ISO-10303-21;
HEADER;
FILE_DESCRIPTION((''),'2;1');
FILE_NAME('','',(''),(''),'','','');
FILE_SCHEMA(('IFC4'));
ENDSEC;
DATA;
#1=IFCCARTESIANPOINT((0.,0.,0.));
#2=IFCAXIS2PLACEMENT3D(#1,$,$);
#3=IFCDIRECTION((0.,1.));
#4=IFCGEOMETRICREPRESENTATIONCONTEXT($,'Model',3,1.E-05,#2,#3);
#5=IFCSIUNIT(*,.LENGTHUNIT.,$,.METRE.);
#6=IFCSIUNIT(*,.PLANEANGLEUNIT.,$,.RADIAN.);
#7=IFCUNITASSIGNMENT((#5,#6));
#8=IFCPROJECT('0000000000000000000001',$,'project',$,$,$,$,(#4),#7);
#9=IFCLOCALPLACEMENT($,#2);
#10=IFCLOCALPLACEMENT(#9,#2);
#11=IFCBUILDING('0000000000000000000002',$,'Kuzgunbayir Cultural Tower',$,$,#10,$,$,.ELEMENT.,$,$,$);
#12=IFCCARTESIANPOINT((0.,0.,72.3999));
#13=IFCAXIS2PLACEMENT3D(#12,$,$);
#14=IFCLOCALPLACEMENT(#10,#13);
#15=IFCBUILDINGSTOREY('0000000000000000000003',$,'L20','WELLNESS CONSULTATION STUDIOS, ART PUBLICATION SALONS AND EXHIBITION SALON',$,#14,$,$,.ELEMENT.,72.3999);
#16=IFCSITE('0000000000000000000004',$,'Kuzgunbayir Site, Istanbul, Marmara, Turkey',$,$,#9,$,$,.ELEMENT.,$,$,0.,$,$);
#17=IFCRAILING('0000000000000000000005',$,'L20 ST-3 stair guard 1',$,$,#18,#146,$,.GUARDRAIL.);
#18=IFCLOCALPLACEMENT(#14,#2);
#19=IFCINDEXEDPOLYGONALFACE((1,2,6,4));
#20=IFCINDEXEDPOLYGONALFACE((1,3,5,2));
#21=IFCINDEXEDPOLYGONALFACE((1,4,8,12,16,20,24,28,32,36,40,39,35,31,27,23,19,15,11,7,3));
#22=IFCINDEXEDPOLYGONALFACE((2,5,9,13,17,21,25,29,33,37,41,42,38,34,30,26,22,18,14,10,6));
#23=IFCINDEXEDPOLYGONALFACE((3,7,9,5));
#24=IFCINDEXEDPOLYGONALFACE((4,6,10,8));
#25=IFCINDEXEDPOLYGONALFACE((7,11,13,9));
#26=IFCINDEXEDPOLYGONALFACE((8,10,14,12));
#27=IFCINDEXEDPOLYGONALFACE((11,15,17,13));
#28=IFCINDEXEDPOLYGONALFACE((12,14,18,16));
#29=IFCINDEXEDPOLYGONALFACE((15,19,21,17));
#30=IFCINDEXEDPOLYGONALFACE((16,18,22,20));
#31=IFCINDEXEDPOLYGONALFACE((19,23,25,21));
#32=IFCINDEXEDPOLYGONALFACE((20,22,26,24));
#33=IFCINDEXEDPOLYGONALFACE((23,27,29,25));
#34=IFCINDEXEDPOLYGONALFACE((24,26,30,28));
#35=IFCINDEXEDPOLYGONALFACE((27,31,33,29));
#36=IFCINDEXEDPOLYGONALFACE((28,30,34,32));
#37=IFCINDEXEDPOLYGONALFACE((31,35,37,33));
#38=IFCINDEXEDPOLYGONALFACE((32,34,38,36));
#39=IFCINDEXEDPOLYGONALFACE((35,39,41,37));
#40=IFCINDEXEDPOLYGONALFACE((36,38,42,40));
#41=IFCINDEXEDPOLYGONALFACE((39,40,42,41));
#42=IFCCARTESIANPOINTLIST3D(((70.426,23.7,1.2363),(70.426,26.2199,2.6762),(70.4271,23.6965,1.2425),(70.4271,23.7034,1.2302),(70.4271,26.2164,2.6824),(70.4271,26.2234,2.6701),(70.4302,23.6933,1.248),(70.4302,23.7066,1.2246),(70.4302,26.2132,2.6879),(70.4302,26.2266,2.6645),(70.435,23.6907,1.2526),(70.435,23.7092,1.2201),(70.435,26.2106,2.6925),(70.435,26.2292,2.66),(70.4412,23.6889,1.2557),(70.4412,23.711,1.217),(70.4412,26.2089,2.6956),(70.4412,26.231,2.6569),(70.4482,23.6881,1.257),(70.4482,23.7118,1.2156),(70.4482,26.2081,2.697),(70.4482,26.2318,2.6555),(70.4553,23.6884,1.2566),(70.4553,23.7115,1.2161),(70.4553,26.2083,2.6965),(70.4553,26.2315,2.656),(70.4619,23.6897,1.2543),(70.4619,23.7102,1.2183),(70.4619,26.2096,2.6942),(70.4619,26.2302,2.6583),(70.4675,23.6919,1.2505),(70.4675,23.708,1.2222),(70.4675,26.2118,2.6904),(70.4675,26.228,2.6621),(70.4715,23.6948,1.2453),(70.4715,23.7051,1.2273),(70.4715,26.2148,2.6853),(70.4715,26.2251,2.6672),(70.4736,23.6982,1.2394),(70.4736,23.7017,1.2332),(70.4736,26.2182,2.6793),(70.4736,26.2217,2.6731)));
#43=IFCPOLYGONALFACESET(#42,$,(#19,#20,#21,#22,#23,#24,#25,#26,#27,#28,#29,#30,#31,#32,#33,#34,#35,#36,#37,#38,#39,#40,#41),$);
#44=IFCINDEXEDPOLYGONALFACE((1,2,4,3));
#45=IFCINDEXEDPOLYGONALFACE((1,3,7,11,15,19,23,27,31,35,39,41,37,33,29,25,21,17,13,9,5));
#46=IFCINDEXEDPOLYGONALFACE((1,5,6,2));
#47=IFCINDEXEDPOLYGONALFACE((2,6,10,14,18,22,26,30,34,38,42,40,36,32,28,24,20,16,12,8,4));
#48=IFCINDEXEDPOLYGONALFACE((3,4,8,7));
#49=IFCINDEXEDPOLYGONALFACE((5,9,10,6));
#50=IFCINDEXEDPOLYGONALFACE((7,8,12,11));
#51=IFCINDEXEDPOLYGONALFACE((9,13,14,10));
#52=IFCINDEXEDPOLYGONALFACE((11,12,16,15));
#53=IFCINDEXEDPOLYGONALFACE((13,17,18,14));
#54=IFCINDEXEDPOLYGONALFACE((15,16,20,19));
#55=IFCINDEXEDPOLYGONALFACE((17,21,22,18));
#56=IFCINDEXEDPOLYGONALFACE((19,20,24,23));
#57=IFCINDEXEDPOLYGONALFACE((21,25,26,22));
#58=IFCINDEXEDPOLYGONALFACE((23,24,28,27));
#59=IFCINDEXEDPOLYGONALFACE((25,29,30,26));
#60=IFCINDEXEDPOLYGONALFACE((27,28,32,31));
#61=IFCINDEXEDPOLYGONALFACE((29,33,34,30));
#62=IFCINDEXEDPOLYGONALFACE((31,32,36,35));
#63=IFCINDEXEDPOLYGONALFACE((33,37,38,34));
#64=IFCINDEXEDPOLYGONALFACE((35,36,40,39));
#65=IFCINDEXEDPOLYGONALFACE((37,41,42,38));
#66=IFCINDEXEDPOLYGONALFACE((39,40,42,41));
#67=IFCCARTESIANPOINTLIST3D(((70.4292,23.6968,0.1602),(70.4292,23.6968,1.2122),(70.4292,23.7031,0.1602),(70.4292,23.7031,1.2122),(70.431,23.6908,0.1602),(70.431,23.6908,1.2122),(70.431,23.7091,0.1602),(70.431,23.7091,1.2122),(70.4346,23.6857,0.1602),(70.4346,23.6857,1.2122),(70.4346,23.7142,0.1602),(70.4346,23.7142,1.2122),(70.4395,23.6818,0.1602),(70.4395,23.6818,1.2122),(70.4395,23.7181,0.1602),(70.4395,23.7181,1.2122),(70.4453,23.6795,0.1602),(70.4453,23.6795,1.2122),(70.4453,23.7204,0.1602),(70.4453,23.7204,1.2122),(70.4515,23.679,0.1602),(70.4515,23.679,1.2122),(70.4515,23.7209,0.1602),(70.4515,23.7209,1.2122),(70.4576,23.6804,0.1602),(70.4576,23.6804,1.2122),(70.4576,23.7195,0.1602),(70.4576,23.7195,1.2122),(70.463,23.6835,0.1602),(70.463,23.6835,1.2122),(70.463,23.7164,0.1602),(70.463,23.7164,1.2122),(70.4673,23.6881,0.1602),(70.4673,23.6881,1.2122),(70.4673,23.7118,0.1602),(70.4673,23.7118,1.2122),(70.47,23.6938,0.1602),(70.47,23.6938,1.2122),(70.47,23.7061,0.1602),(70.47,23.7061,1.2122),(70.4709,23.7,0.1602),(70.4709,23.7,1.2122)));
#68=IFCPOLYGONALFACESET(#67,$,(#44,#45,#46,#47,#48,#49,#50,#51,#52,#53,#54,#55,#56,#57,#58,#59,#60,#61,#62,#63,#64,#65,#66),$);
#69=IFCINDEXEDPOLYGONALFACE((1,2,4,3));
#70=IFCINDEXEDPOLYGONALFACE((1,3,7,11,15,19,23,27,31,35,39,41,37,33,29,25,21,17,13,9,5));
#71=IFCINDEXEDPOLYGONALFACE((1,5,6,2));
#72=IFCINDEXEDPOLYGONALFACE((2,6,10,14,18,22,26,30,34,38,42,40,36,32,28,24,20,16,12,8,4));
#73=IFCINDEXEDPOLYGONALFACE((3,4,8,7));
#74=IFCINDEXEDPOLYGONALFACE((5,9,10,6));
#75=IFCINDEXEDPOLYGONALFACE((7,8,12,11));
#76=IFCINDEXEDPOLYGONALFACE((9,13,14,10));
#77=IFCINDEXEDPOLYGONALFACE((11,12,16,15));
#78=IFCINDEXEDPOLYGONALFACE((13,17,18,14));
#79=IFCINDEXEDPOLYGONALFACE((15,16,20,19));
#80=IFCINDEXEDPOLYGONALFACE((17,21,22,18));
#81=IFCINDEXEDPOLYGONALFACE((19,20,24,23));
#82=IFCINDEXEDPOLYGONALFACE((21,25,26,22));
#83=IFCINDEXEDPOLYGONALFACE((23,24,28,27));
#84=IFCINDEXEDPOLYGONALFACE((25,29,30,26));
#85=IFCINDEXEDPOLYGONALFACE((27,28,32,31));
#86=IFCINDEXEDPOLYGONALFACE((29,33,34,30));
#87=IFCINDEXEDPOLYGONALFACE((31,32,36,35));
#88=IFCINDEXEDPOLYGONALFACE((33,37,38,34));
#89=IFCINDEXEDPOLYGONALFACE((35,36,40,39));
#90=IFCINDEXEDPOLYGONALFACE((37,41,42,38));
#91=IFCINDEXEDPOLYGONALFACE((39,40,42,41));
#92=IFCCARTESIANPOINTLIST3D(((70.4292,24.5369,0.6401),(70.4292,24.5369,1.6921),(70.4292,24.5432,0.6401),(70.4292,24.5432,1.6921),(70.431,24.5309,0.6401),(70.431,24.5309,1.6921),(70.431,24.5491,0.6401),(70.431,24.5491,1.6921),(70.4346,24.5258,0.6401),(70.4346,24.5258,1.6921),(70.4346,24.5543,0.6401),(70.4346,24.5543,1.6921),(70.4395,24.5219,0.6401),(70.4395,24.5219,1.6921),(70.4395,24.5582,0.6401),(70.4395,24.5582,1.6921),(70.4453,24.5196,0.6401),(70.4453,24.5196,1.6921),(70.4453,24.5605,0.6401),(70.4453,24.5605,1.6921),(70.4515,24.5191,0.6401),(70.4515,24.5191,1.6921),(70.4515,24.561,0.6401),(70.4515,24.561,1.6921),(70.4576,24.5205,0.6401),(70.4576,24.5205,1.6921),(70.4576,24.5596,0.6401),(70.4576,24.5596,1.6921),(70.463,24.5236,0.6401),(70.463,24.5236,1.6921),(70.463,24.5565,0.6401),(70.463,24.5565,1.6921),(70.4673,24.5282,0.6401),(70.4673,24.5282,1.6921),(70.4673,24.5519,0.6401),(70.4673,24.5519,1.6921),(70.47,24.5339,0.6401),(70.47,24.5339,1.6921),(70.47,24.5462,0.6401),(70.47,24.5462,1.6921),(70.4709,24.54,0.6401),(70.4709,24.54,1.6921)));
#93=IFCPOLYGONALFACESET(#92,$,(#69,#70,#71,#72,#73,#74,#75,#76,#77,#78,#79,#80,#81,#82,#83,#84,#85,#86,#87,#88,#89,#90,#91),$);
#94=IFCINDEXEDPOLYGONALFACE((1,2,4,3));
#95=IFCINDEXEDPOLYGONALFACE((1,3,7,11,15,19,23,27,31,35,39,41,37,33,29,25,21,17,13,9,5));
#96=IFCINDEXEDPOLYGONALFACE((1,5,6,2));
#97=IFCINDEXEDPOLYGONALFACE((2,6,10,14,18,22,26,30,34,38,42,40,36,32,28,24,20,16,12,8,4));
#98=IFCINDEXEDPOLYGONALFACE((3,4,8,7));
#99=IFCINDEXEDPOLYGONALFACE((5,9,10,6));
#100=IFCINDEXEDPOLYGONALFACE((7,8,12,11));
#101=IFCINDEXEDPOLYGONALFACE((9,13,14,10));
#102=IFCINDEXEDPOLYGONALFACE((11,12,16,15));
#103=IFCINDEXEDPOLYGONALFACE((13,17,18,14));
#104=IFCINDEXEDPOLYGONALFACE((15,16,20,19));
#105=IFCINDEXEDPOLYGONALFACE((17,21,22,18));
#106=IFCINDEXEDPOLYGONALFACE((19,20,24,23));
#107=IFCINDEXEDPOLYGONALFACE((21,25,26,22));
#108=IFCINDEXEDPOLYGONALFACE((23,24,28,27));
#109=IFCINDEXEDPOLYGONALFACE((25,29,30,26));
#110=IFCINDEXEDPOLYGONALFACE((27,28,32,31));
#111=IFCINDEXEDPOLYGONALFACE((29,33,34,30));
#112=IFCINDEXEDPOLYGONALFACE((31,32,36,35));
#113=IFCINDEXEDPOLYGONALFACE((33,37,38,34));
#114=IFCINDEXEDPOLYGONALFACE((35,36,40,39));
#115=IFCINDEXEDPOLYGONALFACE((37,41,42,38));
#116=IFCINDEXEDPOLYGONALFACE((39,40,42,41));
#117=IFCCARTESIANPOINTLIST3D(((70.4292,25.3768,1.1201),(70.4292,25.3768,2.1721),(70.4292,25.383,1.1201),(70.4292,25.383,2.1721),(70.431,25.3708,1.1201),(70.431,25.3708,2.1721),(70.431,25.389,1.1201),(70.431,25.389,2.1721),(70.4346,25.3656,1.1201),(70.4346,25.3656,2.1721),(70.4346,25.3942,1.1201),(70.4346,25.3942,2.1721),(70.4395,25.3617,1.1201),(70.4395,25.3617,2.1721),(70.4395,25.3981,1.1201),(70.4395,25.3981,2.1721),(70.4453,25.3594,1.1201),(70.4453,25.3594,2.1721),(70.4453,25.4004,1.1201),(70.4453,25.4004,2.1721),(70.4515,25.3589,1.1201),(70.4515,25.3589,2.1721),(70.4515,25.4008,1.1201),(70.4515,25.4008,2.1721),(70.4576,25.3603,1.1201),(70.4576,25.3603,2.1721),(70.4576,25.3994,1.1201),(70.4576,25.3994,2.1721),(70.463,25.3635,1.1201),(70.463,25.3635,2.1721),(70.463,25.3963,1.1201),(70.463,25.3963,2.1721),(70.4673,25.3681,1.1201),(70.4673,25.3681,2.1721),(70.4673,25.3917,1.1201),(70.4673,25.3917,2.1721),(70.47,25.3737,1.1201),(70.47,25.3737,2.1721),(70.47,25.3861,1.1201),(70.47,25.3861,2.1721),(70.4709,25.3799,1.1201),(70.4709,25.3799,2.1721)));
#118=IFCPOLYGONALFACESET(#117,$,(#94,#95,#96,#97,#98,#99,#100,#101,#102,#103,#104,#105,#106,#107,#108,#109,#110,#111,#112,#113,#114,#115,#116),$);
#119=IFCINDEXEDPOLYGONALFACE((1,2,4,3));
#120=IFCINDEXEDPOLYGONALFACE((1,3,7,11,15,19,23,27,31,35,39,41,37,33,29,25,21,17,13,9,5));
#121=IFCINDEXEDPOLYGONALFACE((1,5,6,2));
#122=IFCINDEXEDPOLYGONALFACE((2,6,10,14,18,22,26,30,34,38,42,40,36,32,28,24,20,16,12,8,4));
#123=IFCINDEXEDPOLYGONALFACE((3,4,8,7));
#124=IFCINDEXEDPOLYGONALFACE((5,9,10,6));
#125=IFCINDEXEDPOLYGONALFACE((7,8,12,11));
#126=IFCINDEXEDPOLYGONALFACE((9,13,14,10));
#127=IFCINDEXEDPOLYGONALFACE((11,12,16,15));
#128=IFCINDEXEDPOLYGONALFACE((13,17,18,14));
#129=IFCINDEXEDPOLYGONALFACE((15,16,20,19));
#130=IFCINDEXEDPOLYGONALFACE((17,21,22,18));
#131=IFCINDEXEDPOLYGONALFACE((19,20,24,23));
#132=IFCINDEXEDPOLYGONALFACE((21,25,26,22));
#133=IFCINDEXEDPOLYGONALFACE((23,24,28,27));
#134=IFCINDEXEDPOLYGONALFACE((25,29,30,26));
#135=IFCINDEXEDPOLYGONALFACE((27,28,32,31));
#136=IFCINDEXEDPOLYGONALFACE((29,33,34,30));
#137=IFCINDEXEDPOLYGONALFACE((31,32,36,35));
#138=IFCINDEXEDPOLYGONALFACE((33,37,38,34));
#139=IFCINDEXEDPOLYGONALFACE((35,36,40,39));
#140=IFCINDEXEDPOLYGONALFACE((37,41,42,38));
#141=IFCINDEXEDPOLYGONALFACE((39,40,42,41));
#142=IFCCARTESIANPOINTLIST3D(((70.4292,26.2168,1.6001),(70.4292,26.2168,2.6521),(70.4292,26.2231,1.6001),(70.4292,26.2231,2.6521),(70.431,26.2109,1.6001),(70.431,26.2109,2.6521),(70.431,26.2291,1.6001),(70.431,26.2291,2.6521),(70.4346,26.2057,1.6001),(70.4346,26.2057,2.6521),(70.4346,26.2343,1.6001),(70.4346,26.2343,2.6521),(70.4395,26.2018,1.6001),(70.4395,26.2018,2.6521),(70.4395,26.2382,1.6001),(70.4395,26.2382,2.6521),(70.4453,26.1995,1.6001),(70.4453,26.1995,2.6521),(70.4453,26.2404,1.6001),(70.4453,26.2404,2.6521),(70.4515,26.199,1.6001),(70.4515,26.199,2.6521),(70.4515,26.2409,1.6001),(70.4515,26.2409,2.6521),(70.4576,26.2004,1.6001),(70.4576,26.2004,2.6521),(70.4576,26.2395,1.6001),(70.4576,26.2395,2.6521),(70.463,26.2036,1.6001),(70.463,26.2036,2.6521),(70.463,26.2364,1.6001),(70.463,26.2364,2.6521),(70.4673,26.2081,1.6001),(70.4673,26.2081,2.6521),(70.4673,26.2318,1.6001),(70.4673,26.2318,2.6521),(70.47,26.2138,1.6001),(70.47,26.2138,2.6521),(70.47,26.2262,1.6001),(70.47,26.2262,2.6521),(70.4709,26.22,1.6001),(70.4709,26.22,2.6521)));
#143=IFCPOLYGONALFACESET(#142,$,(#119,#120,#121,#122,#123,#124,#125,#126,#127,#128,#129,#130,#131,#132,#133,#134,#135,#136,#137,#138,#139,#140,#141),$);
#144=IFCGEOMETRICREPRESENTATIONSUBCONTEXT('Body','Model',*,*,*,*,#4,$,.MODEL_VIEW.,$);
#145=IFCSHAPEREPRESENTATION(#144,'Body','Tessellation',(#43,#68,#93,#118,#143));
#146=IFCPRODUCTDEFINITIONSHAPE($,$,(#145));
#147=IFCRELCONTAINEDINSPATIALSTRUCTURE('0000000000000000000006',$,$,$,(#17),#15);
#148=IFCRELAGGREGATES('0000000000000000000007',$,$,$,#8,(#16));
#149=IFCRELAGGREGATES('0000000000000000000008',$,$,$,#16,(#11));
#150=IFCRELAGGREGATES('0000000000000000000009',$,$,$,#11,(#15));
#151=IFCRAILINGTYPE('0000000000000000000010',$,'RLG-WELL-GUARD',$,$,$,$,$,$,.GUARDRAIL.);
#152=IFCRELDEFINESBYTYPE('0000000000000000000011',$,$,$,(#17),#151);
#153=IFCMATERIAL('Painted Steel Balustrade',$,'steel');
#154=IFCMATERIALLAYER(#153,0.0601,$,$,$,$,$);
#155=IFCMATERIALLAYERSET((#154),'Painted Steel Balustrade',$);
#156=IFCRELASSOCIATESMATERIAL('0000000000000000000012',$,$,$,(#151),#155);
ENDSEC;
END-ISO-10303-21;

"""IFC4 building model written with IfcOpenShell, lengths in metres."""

from ifc_helpers import new_model, si_unit, direction, frame, origin, origin_2d, place, context, subcontext, project, spatial, circle, extrude, material, layer, layer_set, type_object, element, save


model = new_model("IFC4")

# Units and contexts
model_context = context("Model", 3, precision=1e-05, world=origin(), true_north=direction((0.0, 1.0)))
body_context = subcontext(model_context, "Body", "Model", "MODEL_VIEW")
ifc_project = project(units=[si_unit("LENGTHUNIT", "METRE"), si_unit("PLANEANGLEUNIT", "RADIAN")], contexts=[model_context])

# Site, building, storey
site_placement = place(None, origin())
site = spatial("IfcSite", under=ifc_project, at=site_placement, Name="Kuzgunbayir Site, Istanbul, Marmara, Turkey", CompositionType="ELEMENT", RefElevation=0.0)
building_placement = place(site_placement, origin())
building = spatial("IfcBuilding", under=site, at=building_placement, Name="Kuzgunbayir Cultural Tower", CompositionType="ELEMENT")
storey_placement = place(building_placement, frame((0.0, 0.0, 72.3999)))
storey = spatial("IfcBuildingStorey", under=building, at=storey_placement, Name="L20", Description="WELLNESS CONSULTATION STUDIOS, ART PUBLICATION SALONS AND EXHIBITION SALON", CompositionType="ELEMENT", Elevation=72.3999)

# Railing
ifc_material_1 = material(Name="Painted Steel Balustrade", Category="steel")
ifc_layer_1 = layer(ifc_material_1, 0.0601)
ifc_layer_set_1 = layer_set([ifc_layer_1], Name="Painted Steel Balustrade")
railing_type_1 = type_object("IfcRailingType", Name="RLG-WELL-GUARD", PredefinedType="GUARDRAIL", material=ifc_layer_set_1)
railing_1_placement = place(storey_placement, frame((70.45, 23.7, 0.1602)))
element("IfcRailing", 1, at=railing_1_placement, inside=storey, type_object=railing_type_1, Name="L20 ST-3 stair guard 1", PredefinedType="GUARDRAIL", context=body_context, shape_type="SweptSolid", body=[
    extrude(circle(Radius=0.0239, at=origin_2d()), frame((0.0, 0.0, 1.0762), z_axis=(0.0, 0.868253, 0.496121), x_axis=(-1.0, 0.0, 0.0)), (0.0, 0.0, 1.0), 2.9023),
    extrude(circle(Radius=0.021, at=origin_2d()), origin(), (0.0, 0.0, 1.0), 1.052),
    extrude(circle(Radius=0.021, at=origin_2d()), frame((0.0, 0.8401, 0.48)), (0.0, 0.0, 1.0), 1.052),
    extrude(circle(Radius=0.021, at=origin_2d()), frame((0.0, 1.6799, 0.96)), (0.0, 0.0, 1.0), 1.052),
    extrude(circle(Radius=0.021, at=origin_2d()), frame((0.0, 2.52, 1.4399)), (0.0, 0.0, 1.0), 1.052),
])

save(model, "model.ifc")
